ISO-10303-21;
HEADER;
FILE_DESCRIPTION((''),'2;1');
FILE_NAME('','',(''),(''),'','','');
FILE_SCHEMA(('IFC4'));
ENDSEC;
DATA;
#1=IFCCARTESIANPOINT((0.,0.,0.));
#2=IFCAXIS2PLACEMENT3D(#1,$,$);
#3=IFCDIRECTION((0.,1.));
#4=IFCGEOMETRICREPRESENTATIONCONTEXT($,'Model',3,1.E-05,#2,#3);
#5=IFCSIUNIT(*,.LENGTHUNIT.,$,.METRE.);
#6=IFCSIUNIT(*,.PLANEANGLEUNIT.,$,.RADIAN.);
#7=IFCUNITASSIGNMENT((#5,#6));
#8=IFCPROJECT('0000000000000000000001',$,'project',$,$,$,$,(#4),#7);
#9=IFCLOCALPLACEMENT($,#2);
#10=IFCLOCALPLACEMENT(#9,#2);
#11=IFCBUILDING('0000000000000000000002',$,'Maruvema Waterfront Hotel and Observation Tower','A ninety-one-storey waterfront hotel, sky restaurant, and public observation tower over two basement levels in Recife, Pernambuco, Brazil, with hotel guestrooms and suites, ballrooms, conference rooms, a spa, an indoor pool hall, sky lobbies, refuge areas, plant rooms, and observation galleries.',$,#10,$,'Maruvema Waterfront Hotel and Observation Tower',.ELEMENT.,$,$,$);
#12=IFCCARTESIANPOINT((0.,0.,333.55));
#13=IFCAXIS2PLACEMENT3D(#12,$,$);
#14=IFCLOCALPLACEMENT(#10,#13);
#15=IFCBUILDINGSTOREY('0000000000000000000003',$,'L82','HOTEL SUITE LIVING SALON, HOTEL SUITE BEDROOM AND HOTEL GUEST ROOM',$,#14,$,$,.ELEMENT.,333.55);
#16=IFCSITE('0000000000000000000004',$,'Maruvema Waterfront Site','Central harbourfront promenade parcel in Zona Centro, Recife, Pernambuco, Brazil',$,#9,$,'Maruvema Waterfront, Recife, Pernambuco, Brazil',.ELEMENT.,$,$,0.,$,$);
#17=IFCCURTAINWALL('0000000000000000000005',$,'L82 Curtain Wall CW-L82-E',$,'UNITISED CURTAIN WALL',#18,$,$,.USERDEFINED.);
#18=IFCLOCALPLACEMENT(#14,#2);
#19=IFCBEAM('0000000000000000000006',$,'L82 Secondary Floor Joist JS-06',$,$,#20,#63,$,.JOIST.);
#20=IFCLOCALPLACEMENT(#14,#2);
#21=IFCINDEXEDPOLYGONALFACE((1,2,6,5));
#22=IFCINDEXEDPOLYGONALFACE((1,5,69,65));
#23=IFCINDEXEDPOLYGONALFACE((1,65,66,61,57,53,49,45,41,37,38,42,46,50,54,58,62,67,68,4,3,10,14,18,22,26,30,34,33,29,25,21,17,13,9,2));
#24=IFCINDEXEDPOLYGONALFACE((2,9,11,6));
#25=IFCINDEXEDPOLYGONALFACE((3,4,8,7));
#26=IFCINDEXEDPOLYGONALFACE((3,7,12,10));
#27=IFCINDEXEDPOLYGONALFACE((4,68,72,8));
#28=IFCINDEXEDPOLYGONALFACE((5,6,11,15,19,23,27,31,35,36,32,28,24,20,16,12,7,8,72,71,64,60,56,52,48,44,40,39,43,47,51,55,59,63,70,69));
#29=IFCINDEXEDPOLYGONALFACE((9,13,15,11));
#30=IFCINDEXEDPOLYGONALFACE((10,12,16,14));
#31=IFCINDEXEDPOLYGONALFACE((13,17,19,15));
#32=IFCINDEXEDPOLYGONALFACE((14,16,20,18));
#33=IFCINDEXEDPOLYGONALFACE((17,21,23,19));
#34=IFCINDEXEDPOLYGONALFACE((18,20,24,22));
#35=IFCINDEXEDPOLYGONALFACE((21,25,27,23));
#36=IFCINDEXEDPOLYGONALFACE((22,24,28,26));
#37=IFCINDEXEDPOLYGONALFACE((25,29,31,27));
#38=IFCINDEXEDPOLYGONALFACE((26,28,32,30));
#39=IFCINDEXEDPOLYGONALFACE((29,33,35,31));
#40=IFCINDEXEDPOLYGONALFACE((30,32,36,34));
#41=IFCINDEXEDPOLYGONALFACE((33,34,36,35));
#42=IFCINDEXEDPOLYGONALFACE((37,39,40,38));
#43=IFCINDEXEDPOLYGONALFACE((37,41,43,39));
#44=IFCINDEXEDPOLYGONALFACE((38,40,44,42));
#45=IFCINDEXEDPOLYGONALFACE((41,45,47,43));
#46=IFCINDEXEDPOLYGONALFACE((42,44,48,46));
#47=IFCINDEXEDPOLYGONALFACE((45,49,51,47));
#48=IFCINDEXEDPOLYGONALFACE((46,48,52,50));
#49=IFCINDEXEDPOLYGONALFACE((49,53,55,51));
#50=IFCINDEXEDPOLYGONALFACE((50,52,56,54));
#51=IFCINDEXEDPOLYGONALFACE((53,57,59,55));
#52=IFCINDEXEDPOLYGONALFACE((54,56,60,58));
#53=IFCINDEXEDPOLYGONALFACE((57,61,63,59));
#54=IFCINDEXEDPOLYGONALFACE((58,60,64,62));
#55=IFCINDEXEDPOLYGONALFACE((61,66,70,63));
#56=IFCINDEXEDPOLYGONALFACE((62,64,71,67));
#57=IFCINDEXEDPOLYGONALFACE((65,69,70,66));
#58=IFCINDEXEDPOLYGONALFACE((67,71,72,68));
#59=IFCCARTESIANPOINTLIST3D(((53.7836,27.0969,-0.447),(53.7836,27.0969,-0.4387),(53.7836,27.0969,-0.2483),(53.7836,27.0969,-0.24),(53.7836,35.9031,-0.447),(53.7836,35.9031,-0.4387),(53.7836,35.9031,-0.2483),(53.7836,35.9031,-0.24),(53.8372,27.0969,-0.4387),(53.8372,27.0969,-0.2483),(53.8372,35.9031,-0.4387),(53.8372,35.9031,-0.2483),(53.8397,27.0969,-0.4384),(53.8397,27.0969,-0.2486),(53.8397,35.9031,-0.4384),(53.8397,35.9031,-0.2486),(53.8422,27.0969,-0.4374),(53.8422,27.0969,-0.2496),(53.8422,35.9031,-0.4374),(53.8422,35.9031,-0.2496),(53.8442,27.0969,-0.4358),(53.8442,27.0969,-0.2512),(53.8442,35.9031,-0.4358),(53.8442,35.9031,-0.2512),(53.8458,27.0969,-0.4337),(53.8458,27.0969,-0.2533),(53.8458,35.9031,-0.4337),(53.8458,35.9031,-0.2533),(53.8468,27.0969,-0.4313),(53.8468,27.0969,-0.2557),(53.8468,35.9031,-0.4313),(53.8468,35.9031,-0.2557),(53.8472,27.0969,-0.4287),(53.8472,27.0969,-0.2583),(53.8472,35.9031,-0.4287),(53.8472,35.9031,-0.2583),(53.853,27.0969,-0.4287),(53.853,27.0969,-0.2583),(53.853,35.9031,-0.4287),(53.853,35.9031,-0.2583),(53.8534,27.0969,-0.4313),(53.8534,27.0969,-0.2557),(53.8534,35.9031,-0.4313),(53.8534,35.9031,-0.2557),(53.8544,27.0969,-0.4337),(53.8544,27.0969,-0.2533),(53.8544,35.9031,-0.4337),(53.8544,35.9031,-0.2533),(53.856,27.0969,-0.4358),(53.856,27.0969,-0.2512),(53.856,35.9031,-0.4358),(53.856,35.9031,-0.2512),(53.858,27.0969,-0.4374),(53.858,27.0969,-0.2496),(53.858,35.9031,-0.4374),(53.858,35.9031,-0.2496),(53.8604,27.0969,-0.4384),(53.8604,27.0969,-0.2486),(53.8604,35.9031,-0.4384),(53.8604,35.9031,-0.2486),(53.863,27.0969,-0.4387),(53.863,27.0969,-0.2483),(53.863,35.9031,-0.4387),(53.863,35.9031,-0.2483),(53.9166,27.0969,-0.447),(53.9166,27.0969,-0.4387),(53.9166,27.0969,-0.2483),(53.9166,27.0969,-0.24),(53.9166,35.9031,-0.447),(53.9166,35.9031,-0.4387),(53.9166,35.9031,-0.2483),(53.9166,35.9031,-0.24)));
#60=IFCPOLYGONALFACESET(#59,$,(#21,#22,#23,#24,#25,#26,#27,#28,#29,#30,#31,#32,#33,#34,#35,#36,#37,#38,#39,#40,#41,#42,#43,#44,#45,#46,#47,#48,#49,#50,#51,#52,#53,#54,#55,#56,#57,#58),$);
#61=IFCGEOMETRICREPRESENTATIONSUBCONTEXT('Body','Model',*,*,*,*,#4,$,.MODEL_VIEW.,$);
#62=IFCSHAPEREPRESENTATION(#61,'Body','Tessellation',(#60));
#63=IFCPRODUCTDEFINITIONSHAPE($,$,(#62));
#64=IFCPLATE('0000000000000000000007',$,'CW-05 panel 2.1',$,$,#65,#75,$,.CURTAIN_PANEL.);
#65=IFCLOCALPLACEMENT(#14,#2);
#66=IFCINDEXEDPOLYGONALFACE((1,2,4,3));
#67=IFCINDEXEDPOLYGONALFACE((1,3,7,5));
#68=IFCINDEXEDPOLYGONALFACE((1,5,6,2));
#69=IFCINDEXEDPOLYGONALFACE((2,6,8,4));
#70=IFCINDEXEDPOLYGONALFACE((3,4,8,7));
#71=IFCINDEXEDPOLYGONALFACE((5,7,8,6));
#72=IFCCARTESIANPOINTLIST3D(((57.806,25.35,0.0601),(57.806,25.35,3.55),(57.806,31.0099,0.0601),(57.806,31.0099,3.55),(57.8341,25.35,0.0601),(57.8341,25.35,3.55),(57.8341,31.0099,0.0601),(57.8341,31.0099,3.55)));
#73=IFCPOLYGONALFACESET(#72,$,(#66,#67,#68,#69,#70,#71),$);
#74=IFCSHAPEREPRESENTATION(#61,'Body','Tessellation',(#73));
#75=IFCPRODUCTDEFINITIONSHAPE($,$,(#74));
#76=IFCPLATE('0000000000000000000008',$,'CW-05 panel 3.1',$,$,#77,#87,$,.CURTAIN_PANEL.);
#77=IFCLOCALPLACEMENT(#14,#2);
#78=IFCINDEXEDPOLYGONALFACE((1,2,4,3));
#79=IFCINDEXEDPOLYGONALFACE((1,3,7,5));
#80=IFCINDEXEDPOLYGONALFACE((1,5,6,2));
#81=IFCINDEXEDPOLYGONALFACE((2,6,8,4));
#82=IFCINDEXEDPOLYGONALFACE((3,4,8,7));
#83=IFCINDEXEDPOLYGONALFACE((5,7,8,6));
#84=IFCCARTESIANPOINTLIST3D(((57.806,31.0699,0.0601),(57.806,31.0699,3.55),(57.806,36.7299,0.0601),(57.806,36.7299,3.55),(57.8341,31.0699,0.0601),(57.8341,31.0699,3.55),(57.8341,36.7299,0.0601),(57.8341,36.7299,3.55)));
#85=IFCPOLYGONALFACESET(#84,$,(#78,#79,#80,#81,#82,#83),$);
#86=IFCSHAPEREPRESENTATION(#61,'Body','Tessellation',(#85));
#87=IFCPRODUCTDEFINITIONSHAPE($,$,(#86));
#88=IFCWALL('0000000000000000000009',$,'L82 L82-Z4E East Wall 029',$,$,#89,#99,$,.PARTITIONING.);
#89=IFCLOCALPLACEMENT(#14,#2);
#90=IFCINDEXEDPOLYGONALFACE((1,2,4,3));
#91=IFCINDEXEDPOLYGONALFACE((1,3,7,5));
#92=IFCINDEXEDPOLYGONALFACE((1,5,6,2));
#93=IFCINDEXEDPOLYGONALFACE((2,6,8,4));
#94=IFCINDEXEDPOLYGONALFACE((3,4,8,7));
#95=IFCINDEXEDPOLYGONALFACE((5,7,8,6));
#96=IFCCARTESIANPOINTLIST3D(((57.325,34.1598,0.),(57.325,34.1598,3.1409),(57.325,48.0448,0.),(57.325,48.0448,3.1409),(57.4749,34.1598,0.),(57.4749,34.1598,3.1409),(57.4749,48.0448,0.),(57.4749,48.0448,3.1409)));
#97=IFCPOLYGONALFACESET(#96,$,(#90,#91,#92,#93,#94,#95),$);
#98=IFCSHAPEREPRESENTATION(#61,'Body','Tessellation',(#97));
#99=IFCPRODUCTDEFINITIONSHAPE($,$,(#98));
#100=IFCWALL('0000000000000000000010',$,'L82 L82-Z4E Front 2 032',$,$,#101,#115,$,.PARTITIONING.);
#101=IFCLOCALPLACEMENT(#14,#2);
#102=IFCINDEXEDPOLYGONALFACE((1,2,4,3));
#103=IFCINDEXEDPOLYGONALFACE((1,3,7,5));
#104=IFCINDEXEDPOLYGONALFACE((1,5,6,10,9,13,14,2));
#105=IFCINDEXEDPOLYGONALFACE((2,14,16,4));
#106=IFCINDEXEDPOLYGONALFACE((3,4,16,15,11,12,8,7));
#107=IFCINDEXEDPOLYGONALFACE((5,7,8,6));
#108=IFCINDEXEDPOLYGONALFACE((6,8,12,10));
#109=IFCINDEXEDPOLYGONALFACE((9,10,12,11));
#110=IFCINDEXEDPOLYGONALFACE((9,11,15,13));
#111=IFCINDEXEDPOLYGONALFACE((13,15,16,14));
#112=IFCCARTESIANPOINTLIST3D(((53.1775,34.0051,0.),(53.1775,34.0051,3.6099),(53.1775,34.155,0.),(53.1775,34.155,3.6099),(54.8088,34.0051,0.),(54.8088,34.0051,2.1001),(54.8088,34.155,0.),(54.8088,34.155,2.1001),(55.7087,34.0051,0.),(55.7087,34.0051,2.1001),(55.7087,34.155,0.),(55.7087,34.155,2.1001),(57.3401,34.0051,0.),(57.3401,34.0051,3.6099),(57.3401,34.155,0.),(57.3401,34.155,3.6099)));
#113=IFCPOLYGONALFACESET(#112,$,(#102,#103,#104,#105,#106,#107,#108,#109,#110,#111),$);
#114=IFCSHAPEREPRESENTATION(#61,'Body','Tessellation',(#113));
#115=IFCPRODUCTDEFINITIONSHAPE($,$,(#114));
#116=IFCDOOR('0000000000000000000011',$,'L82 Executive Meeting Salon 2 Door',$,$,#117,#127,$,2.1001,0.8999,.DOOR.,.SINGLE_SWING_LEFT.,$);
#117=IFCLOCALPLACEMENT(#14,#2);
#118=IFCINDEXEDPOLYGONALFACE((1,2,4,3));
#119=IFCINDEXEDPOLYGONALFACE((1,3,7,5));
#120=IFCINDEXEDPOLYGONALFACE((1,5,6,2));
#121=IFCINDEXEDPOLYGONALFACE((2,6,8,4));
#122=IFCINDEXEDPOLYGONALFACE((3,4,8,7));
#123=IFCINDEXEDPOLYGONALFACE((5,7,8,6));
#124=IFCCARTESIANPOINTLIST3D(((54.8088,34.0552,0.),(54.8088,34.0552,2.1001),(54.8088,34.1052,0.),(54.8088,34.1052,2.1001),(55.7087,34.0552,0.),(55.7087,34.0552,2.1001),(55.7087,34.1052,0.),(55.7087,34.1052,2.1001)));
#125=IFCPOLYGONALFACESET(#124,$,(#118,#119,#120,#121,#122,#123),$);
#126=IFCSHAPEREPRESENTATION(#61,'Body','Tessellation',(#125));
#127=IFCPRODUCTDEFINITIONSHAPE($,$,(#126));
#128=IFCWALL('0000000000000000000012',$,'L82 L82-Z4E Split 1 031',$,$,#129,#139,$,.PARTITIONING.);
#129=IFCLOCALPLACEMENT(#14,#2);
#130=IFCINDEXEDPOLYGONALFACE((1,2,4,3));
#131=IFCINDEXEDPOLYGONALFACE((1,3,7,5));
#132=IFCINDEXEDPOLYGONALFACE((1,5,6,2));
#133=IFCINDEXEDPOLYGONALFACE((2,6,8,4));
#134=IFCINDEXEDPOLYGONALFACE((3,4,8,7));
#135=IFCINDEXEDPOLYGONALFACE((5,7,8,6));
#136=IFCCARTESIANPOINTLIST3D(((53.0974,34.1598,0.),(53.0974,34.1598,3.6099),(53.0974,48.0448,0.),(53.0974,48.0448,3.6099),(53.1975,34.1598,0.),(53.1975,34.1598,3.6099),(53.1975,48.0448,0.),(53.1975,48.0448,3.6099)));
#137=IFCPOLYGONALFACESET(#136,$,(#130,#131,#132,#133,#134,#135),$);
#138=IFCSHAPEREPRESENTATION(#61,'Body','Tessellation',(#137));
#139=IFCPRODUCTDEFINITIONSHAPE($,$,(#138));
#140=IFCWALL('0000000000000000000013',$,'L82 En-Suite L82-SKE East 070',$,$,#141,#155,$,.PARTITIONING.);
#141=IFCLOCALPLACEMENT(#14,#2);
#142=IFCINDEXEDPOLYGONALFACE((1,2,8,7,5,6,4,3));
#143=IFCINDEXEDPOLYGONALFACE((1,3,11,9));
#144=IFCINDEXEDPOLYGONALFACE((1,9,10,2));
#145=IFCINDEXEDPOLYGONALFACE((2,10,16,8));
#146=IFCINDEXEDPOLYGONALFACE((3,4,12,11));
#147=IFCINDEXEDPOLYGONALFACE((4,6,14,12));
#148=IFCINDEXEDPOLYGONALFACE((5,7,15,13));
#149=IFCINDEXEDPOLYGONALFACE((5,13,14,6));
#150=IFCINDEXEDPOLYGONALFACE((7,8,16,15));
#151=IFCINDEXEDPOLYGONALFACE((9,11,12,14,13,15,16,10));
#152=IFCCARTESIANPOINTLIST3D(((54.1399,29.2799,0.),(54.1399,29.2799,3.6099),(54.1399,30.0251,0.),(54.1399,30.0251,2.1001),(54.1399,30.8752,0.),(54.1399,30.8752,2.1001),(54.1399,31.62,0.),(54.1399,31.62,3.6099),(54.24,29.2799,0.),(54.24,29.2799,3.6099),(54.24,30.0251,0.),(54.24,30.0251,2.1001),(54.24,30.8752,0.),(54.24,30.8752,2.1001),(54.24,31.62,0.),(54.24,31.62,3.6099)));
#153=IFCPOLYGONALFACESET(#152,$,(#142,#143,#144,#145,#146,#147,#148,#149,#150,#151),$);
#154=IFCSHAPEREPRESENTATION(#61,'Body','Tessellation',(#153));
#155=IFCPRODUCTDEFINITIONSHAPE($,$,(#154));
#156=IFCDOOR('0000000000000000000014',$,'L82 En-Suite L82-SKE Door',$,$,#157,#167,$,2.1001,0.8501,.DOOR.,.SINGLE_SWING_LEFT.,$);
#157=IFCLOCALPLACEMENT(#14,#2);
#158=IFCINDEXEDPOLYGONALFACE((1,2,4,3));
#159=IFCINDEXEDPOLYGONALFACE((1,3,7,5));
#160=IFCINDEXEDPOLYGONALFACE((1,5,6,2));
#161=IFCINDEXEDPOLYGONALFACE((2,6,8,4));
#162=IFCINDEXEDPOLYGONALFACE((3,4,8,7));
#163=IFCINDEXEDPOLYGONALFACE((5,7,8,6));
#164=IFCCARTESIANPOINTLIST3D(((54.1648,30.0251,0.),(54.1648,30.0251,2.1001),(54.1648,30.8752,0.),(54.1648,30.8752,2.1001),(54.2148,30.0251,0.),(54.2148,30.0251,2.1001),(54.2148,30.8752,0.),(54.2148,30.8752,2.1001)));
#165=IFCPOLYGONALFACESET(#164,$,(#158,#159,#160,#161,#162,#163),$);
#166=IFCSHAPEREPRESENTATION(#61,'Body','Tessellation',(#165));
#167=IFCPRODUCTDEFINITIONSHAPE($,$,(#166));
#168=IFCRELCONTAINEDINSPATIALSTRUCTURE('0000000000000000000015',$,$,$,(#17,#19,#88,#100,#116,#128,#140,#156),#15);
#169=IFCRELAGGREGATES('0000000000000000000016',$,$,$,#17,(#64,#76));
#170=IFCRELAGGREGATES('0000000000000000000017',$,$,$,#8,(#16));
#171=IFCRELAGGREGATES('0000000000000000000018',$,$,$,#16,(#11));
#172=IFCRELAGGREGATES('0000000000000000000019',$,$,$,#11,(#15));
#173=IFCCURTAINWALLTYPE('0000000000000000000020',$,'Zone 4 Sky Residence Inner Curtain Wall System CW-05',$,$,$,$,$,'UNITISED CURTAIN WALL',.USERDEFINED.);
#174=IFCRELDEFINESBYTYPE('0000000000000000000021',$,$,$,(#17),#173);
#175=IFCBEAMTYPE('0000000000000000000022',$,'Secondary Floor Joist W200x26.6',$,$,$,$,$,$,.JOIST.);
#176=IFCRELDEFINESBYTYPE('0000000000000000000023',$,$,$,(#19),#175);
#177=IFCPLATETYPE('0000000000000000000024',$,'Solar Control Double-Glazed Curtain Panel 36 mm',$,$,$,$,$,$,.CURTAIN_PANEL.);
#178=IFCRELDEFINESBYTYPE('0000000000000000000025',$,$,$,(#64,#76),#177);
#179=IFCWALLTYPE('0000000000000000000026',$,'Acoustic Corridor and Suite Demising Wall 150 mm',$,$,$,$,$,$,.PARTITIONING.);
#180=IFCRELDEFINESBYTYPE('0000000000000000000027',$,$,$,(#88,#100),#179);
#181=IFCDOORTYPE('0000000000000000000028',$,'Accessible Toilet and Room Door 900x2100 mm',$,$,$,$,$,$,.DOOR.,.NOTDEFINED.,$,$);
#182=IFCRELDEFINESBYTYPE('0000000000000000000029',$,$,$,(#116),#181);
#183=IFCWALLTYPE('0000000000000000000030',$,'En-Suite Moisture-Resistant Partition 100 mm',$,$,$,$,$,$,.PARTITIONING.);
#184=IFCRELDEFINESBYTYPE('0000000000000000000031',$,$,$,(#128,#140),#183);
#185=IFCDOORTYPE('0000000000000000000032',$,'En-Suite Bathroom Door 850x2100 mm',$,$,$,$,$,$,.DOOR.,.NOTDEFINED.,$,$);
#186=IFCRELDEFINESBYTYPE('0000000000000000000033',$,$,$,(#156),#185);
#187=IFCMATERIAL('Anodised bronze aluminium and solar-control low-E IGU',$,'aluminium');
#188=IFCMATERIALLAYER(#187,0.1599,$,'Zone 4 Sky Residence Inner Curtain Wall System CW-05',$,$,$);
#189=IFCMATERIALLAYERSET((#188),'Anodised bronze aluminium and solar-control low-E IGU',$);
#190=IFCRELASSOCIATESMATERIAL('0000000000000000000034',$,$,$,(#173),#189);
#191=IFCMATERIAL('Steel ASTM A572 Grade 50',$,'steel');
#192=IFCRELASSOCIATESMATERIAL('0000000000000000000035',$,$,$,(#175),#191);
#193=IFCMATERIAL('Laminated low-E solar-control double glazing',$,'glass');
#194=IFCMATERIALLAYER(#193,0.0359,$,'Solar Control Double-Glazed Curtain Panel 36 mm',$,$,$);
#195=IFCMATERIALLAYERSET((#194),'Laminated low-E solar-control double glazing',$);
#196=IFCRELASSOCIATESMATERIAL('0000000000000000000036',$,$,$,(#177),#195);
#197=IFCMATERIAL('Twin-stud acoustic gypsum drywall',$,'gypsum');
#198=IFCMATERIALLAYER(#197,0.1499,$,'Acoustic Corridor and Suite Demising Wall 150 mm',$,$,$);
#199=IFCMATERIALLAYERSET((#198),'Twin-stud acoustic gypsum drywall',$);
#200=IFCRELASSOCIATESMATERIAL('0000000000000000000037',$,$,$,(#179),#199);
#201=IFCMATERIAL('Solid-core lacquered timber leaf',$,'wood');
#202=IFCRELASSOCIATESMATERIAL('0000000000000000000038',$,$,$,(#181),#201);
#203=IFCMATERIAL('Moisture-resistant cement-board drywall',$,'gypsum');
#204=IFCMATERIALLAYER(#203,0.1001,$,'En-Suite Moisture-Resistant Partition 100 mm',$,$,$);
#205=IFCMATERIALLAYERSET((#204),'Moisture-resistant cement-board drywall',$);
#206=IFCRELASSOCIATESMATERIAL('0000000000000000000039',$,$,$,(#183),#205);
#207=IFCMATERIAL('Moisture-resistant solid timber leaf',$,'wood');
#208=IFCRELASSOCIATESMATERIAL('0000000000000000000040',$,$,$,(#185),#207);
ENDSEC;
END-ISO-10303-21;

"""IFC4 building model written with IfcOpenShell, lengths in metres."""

from ifc_helpers import new_model, si_unit, direction, frame, frame_2d, origin, origin_2d, place, context, subcontext, project, spatial, rectangle, i_section, extrude, material, layer, layer_set, material_profile, profile_set, type_object, element, fill, aggregate, save


model = new_model("IFC4")

# Units and contexts
model_context = context("Model", 3, precision=1e-05, world=origin(), true_north=direction((0.0, 1.0)))
body_context = subcontext(model_context, "Body", "Model", "MODEL_VIEW")
ifc_project = project(units=[si_unit("LENGTHUNIT", "METRE"), si_unit("PLANEANGLEUNIT", "RADIAN")], contexts=[model_context])

# Site, building, storey
site_placement = place(None, origin())
site = spatial("IfcSite", under=ifc_project, at=site_placement, Name="Maruvema Waterfront Site", Description="Central harbourfront promenade parcel in Zona Centro, Recife, Pernambuco, Brazil", LongName="Maruvema Waterfront, Recife, Pernambuco, Brazil", CompositionType="ELEMENT", RefElevation=0.0)
building_placement = place(site_placement, origin())
building = spatial("IfcBuilding", under=site, at=building_placement, Name="Maruvema Waterfront Hotel and Observation Tower", Description="A ninety-one-storey waterfront hotel, sky restaurant, and public observation tower over two basement levels in Recife, Pernambuco, Brazil, with hotel guestrooms and suites, ballrooms, conference rooms, a spa, an indoor pool hall, sky lobbies, refuge areas, plant rooms, and observation galleries.", LongName="Maruvema Waterfront Hotel and Observation Tower", CompositionType="ELEMENT")
storey_placement = place(building_placement, frame((0.0, 0.0, 333.55)))
storey = spatial("IfcBuildingStorey", under=building, at=storey_placement, Name="L82", Description="HOTEL SUITE LIVING SALON, HOTEL SUITE BEDROOM AND HOTEL GUEST ROOM", CompositionType="ELEMENT", Elevation=333.55)

# Curtain wall
ifc_material_1 = material(Name="Anodised bronze aluminium and solar-control low-E IGU", Category="aluminium")
ifc_layer_1 = layer(ifc_material_1, 0.1599, Name="Zone 4 Sky Residence Inner Curtain Wall System CW-05")
ifc_layer_set_1 = layer_set([ifc_layer_1], Name="Anodised bronze aluminium and solar-control low-E IGU")
curtain_wall_type = type_object("IfcCurtainWallType", Name="Zone 4 Sky Residence Inner Curtain Wall System CW-05", ElementType="UNITISED CURTAIN WALL", PredefinedType="USERDEFINED", material=ifc_layer_set_1)
curtain_wall_placement = place(storey_placement, origin())
curtain_wall = element("IfcCurtainWall", 1, at=curtain_wall_placement, inside=storey, type_object=curtain_wall_type, Name="L82 Curtain Wall CW-L82-E", ObjectType="UNITISED CURTAIN WALL", PredefinedType="USERDEFINED")

# Beam
ifc_material_2 = material(Name="Steel ASTM A572 Grade 50", Category="steel")
ifc_material_profile_1 = material_profile(ifc_material_2, i_section(OverallWidth=0.1331, OverallDepth=0.207, WebThickness=0.0059, FlangeThickness=0.0083, FilletRadius=0.01, at=origin_2d()), Name="W200x26.6")
ifc_profile_set_1 = profile_set([ifc_material_profile_1], Name="Steel ASTM A572 Grade 50")
beam_type_1 = type_object("IfcBeamType", Name="Secondary Floor Joist W200x26.6", PredefinedType="JOIST", material=ifc_profile_set_1)
beam_1_placement = place(storey_placement, frame((53.8501, 27.0969, -0.3435), z_axis=(0.0, 1.0, 0.0), x_axis=(-1.0, 0.0, 0.0)))
element("IfcBeam", 2, at=beam_1_placement, inside=storey, type_object=beam_type_1, Name="L82 Secondary Floor Joist JS-06", PredefinedType="JOIST", context=body_context, shape_type="SweptSolid", body=[
    extrude(i_section(OverallWidth=0.1331, OverallDepth=0.207, WebThickness=0.0059, FlangeThickness=0.0083, FilletRadius=0.01, at=origin_2d()), origin(), (0.0, 0.0, 1.0), 8.8062),
])

# Plates
ifc_material_3 = material(Name="Laminated low-E solar-control double glazing", Category="glass")
ifc_layer_2 = layer(ifc_material_3, 0.0359, Name="Solar Control Double-Glazed Curtain Panel 36 mm")
ifc_layer_set_2 = layer_set([ifc_layer_2], Name="Laminated low-E solar-control double glazing")
plate_type = type_object("IfcPlateType", Name="Solar Control Double-Glazed Curtain Panel 36 mm", PredefinedType="CURTAIN_PANEL", material=ifc_layer_set_2)
plate_1_placement = place(storey_placement, frame((57.8201, 28.1799, 0.0601), z_axis=(0.0, 0.0, 1.0), x_axis=(0.0, 1.0, 0.0)))
plate_1 = element("IfcPlate", 3, at=plate_1_placement, type_object=plate_type, Name="CW-05 panel 2.1", PredefinedType="CURTAIN_PANEL", context=body_context, shape_type="SweptSolid", body=[
    extrude(rectangle(XDim=5.6599, YDim=0.0281, at=origin_2d()), origin(), (0.0, 0.0, 1.0), 3.49),
])
plate_2_placement = place(storey_placement, frame((57.8201, 33.8999, 0.0601), z_axis=(0.0, 0.0, 1.0), x_axis=(0.0, 1.0, 0.0)))
plate_2 = element("IfcPlate", 4, at=plate_2_placement, type_object=plate_type, Name="CW-05 panel 3.1", PredefinedType="CURTAIN_PANEL", context=body_context, shape_type="SweptSolid", body=[
    extrude(rectangle(XDim=5.6599, YDim=0.0281, at=origin_2d()), origin(), (0.0, 0.0, 1.0), 3.49),
])
aggregate(curtain_wall, [plate_1, plate_2])

# Wall
ifc_material_4 = material(Name="Twin-stud acoustic gypsum drywall", Category="gypsum")
ifc_layer_3 = layer(ifc_material_4, 0.1499, Name="Acoustic Corridor and Suite Demising Wall 150 mm")
ifc_layer_set_3 = layer_set([ifc_layer_3], Name="Twin-stud acoustic gypsum drywall")
wall_type_1 = type_object("IfcWallType", Name="Acoustic Corridor and Suite Demising Wall 150 mm", PredefinedType="PARTITIONING", material=ifc_layer_set_3)
wall_1_placement = place(storey_placement, frame((57.3999, 34.1599, 0.0), z_axis=(0.0, 0.0, 1.0), x_axis=(0.0, 1.0, 0.0)))
element("IfcWall", 5, at=wall_1_placement, inside=storey, type_object=wall_type_1, Name="L82 L82-Z4E East Wall 029", PredefinedType="PARTITIONING", context=body_context, shape_type="SweptSolid", body=[
    extrude(rectangle(XDim=13.885, YDim=0.1499, at=frame_2d((6.9424, 0.0))), origin(), (0.0, 0.0, 1.0), 3.1409),
])

# Wall, opening, door
wall_2_placement = place(storey_placement, frame((53.1775, 34.0801, 0.0), z_axis=(0.0, 0.0, 1.0), x_axis=(1.0, 0.0, 0.0)))
wall_2 = element("IfcWall", 6, at=wall_2_placement, inside=storey, type_object=wall_type_1, Name="L82 L82-Z4E Front 2 032", PredefinedType="PARTITIONING", context=body_context, shape_type="SweptSolid", body=[
    extrude(rectangle(XDim=4.1626, YDim=0.1499, at=frame_2d((2.0813, 0.0))), origin(), (0.0, 0.0, 1.0), 3.6099),
])
opening_1_placement = place(wall_2_placement, frame((1.6313, 0.0, 0.0)))
opening_1 = element("IfcOpeningElement", 7, at=opening_1_placement, cuts=wall_2, PredefinedType="OPENING", context=body_context, shape_type="SweptSolid", body=[
    extrude(rectangle(XDim=0.8999, YDim=2.1001, at=frame_2d((0.45, 1.05))), frame((0.0, 0.085, 0.0), z_axis=(0.0, -1.0, 0.0), x_axis=(1.0, 0.0, 0.0)), (0.0, 0.0, 1.0), 0.1699),
])
ifc_material_5 = material(Name="Solid-core lacquered timber leaf", Category="wood")
door_type_1 = type_object("IfcDoorType", Name="Accessible Toilet and Room Door 900x2100 mm", OperationType="NOTDEFINED", PredefinedType="DOOR", material=ifc_material_5)
door_1_placement = place(opening_1_placement, frame((0.8999, 0.0, 0.0), z_axis=(0.0, 0.0, 1.0), x_axis=(-1.0, 0.0, 0.0)))
door_1 = element("IfcDoor", 8, at=door_1_placement, inside=storey, type_object=door_type_1, Name="L82 Executive Meeting Salon 2 Door", OperationType="SINGLE_SWING_LEFT", OverallHeight=2.1001, OverallWidth=0.8999, PredefinedType="DOOR", context=body_context, shape_type="SweptSolid", body=[
    extrude(rectangle(XDim=0.8999, YDim=2.1001, at=frame_2d((0.45, 1.05))), frame((0.0, 0.0249, 0.0), z_axis=(0.0, -1.0, 0.0), x_axis=(1.0, 0.0, 0.0)), (0.0, 0.0, 1.0), 0.05),
])
fill(opening_1, door_1)

# Wall
ifc_material_6 = material(Name="Moisture-resistant cement-board drywall", Category="gypsum")
ifc_layer_4 = layer(ifc_material_6, 0.1001, Name="En-Suite Moisture-Resistant Partition 100 mm")
ifc_layer_set_4 = layer_set([ifc_layer_4], Name="Moisture-resistant cement-board drywall")
wall_type_2 = type_object("IfcWallType", Name="En-Suite Moisture-Resistant Partition 100 mm", PredefinedType="PARTITIONING", material=ifc_layer_set_4)
wall_3_placement = place(storey_placement, frame((53.1475, 34.1599, 0.0), z_axis=(0.0, 0.0, 1.0), x_axis=(0.0, 1.0, 0.0)))
element("IfcWall", 9, at=wall_3_placement, inside=storey, type_object=wall_type_2, Name="L82 L82-Z4E Split 1 031", PredefinedType="PARTITIONING", context=body_context, shape_type="SweptSolid", body=[
    extrude(rectangle(XDim=13.885, YDim=0.1001, at=frame_2d((6.9424, 0.0))), origin(), (0.0, 0.0, 1.0), 3.6099),
])

# Wall, opening, door
wall_4_placement = place(storey_placement, frame((54.1899, 29.28, 0.0), z_axis=(0.0, 0.0, 1.0), x_axis=(0.0, 1.0, 0.0)))
wall_4 = element("IfcWall", 10, at=wall_4_placement, inside=storey, type_object=wall_type_2, Name="L82 En-Suite L82-SKE East 070", PredefinedType="PARTITIONING", context=body_context, shape_type="SweptSolid", body=[
    extrude(rectangle(XDim=2.3401, YDim=0.1001, at=frame_2d((1.1699, 0.0))), origin(), (0.0, 0.0, 1.0), 3.6099),
])
opening_2_placement = place(wall_4_placement, frame((0.7451, 0.0, 0.0)))
opening_2 = element("IfcOpeningElement", 11, at=opening_2_placement, cuts=wall_4, PredefinedType="OPENING", context=body_context, shape_type="SweptSolid", body=[
    extrude(rectangle(XDim=0.8501, YDim=2.1001, at=frame_2d((0.425, 1.05))), frame((0.0, 0.0601, 0.0), z_axis=(0.0, -1.0, 0.0), x_axis=(1.0, 0.0, 0.0)), (0.0, 0.0, 1.0), 0.1201),
])
ifc_material_7 = material(Name="Moisture-resistant solid timber leaf", Category="wood")
door_type_2 = type_object("IfcDoorType", Name="En-Suite Bathroom Door 850x2100 mm", OperationType="NOTDEFINED", PredefinedType="DOOR", material=ifc_material_7)
door_2_placement = place(opening_2_placement, frame((0.8501, 0.0, 0.0), z_axis=(0.0, 0.0, 1.0), x_axis=(-1.0, 0.0, 0.0)))
door_2 = element("IfcDoor", 12, at=door_2_placement, inside=storey, type_object=door_type_2, Name="L82 En-Suite L82-SKE Door", OperationType="SINGLE_SWING_LEFT", OverallHeight=2.1001, OverallWidth=0.8501, PredefinedType="DOOR", context=body_context, shape_type="SweptSolid", body=[
    extrude(rectangle(XDim=0.8501, YDim=2.1001, at=frame_2d((0.425, 1.05))), frame((0.0, 0.0249, 0.0), z_axis=(0.0, -1.0, 0.0), x_axis=(1.0, 0.0, 0.0)), (0.0, 0.0, 1.0), 0.05),
])
fill(opening_2, door_2)

save(model, "model.ifc")
